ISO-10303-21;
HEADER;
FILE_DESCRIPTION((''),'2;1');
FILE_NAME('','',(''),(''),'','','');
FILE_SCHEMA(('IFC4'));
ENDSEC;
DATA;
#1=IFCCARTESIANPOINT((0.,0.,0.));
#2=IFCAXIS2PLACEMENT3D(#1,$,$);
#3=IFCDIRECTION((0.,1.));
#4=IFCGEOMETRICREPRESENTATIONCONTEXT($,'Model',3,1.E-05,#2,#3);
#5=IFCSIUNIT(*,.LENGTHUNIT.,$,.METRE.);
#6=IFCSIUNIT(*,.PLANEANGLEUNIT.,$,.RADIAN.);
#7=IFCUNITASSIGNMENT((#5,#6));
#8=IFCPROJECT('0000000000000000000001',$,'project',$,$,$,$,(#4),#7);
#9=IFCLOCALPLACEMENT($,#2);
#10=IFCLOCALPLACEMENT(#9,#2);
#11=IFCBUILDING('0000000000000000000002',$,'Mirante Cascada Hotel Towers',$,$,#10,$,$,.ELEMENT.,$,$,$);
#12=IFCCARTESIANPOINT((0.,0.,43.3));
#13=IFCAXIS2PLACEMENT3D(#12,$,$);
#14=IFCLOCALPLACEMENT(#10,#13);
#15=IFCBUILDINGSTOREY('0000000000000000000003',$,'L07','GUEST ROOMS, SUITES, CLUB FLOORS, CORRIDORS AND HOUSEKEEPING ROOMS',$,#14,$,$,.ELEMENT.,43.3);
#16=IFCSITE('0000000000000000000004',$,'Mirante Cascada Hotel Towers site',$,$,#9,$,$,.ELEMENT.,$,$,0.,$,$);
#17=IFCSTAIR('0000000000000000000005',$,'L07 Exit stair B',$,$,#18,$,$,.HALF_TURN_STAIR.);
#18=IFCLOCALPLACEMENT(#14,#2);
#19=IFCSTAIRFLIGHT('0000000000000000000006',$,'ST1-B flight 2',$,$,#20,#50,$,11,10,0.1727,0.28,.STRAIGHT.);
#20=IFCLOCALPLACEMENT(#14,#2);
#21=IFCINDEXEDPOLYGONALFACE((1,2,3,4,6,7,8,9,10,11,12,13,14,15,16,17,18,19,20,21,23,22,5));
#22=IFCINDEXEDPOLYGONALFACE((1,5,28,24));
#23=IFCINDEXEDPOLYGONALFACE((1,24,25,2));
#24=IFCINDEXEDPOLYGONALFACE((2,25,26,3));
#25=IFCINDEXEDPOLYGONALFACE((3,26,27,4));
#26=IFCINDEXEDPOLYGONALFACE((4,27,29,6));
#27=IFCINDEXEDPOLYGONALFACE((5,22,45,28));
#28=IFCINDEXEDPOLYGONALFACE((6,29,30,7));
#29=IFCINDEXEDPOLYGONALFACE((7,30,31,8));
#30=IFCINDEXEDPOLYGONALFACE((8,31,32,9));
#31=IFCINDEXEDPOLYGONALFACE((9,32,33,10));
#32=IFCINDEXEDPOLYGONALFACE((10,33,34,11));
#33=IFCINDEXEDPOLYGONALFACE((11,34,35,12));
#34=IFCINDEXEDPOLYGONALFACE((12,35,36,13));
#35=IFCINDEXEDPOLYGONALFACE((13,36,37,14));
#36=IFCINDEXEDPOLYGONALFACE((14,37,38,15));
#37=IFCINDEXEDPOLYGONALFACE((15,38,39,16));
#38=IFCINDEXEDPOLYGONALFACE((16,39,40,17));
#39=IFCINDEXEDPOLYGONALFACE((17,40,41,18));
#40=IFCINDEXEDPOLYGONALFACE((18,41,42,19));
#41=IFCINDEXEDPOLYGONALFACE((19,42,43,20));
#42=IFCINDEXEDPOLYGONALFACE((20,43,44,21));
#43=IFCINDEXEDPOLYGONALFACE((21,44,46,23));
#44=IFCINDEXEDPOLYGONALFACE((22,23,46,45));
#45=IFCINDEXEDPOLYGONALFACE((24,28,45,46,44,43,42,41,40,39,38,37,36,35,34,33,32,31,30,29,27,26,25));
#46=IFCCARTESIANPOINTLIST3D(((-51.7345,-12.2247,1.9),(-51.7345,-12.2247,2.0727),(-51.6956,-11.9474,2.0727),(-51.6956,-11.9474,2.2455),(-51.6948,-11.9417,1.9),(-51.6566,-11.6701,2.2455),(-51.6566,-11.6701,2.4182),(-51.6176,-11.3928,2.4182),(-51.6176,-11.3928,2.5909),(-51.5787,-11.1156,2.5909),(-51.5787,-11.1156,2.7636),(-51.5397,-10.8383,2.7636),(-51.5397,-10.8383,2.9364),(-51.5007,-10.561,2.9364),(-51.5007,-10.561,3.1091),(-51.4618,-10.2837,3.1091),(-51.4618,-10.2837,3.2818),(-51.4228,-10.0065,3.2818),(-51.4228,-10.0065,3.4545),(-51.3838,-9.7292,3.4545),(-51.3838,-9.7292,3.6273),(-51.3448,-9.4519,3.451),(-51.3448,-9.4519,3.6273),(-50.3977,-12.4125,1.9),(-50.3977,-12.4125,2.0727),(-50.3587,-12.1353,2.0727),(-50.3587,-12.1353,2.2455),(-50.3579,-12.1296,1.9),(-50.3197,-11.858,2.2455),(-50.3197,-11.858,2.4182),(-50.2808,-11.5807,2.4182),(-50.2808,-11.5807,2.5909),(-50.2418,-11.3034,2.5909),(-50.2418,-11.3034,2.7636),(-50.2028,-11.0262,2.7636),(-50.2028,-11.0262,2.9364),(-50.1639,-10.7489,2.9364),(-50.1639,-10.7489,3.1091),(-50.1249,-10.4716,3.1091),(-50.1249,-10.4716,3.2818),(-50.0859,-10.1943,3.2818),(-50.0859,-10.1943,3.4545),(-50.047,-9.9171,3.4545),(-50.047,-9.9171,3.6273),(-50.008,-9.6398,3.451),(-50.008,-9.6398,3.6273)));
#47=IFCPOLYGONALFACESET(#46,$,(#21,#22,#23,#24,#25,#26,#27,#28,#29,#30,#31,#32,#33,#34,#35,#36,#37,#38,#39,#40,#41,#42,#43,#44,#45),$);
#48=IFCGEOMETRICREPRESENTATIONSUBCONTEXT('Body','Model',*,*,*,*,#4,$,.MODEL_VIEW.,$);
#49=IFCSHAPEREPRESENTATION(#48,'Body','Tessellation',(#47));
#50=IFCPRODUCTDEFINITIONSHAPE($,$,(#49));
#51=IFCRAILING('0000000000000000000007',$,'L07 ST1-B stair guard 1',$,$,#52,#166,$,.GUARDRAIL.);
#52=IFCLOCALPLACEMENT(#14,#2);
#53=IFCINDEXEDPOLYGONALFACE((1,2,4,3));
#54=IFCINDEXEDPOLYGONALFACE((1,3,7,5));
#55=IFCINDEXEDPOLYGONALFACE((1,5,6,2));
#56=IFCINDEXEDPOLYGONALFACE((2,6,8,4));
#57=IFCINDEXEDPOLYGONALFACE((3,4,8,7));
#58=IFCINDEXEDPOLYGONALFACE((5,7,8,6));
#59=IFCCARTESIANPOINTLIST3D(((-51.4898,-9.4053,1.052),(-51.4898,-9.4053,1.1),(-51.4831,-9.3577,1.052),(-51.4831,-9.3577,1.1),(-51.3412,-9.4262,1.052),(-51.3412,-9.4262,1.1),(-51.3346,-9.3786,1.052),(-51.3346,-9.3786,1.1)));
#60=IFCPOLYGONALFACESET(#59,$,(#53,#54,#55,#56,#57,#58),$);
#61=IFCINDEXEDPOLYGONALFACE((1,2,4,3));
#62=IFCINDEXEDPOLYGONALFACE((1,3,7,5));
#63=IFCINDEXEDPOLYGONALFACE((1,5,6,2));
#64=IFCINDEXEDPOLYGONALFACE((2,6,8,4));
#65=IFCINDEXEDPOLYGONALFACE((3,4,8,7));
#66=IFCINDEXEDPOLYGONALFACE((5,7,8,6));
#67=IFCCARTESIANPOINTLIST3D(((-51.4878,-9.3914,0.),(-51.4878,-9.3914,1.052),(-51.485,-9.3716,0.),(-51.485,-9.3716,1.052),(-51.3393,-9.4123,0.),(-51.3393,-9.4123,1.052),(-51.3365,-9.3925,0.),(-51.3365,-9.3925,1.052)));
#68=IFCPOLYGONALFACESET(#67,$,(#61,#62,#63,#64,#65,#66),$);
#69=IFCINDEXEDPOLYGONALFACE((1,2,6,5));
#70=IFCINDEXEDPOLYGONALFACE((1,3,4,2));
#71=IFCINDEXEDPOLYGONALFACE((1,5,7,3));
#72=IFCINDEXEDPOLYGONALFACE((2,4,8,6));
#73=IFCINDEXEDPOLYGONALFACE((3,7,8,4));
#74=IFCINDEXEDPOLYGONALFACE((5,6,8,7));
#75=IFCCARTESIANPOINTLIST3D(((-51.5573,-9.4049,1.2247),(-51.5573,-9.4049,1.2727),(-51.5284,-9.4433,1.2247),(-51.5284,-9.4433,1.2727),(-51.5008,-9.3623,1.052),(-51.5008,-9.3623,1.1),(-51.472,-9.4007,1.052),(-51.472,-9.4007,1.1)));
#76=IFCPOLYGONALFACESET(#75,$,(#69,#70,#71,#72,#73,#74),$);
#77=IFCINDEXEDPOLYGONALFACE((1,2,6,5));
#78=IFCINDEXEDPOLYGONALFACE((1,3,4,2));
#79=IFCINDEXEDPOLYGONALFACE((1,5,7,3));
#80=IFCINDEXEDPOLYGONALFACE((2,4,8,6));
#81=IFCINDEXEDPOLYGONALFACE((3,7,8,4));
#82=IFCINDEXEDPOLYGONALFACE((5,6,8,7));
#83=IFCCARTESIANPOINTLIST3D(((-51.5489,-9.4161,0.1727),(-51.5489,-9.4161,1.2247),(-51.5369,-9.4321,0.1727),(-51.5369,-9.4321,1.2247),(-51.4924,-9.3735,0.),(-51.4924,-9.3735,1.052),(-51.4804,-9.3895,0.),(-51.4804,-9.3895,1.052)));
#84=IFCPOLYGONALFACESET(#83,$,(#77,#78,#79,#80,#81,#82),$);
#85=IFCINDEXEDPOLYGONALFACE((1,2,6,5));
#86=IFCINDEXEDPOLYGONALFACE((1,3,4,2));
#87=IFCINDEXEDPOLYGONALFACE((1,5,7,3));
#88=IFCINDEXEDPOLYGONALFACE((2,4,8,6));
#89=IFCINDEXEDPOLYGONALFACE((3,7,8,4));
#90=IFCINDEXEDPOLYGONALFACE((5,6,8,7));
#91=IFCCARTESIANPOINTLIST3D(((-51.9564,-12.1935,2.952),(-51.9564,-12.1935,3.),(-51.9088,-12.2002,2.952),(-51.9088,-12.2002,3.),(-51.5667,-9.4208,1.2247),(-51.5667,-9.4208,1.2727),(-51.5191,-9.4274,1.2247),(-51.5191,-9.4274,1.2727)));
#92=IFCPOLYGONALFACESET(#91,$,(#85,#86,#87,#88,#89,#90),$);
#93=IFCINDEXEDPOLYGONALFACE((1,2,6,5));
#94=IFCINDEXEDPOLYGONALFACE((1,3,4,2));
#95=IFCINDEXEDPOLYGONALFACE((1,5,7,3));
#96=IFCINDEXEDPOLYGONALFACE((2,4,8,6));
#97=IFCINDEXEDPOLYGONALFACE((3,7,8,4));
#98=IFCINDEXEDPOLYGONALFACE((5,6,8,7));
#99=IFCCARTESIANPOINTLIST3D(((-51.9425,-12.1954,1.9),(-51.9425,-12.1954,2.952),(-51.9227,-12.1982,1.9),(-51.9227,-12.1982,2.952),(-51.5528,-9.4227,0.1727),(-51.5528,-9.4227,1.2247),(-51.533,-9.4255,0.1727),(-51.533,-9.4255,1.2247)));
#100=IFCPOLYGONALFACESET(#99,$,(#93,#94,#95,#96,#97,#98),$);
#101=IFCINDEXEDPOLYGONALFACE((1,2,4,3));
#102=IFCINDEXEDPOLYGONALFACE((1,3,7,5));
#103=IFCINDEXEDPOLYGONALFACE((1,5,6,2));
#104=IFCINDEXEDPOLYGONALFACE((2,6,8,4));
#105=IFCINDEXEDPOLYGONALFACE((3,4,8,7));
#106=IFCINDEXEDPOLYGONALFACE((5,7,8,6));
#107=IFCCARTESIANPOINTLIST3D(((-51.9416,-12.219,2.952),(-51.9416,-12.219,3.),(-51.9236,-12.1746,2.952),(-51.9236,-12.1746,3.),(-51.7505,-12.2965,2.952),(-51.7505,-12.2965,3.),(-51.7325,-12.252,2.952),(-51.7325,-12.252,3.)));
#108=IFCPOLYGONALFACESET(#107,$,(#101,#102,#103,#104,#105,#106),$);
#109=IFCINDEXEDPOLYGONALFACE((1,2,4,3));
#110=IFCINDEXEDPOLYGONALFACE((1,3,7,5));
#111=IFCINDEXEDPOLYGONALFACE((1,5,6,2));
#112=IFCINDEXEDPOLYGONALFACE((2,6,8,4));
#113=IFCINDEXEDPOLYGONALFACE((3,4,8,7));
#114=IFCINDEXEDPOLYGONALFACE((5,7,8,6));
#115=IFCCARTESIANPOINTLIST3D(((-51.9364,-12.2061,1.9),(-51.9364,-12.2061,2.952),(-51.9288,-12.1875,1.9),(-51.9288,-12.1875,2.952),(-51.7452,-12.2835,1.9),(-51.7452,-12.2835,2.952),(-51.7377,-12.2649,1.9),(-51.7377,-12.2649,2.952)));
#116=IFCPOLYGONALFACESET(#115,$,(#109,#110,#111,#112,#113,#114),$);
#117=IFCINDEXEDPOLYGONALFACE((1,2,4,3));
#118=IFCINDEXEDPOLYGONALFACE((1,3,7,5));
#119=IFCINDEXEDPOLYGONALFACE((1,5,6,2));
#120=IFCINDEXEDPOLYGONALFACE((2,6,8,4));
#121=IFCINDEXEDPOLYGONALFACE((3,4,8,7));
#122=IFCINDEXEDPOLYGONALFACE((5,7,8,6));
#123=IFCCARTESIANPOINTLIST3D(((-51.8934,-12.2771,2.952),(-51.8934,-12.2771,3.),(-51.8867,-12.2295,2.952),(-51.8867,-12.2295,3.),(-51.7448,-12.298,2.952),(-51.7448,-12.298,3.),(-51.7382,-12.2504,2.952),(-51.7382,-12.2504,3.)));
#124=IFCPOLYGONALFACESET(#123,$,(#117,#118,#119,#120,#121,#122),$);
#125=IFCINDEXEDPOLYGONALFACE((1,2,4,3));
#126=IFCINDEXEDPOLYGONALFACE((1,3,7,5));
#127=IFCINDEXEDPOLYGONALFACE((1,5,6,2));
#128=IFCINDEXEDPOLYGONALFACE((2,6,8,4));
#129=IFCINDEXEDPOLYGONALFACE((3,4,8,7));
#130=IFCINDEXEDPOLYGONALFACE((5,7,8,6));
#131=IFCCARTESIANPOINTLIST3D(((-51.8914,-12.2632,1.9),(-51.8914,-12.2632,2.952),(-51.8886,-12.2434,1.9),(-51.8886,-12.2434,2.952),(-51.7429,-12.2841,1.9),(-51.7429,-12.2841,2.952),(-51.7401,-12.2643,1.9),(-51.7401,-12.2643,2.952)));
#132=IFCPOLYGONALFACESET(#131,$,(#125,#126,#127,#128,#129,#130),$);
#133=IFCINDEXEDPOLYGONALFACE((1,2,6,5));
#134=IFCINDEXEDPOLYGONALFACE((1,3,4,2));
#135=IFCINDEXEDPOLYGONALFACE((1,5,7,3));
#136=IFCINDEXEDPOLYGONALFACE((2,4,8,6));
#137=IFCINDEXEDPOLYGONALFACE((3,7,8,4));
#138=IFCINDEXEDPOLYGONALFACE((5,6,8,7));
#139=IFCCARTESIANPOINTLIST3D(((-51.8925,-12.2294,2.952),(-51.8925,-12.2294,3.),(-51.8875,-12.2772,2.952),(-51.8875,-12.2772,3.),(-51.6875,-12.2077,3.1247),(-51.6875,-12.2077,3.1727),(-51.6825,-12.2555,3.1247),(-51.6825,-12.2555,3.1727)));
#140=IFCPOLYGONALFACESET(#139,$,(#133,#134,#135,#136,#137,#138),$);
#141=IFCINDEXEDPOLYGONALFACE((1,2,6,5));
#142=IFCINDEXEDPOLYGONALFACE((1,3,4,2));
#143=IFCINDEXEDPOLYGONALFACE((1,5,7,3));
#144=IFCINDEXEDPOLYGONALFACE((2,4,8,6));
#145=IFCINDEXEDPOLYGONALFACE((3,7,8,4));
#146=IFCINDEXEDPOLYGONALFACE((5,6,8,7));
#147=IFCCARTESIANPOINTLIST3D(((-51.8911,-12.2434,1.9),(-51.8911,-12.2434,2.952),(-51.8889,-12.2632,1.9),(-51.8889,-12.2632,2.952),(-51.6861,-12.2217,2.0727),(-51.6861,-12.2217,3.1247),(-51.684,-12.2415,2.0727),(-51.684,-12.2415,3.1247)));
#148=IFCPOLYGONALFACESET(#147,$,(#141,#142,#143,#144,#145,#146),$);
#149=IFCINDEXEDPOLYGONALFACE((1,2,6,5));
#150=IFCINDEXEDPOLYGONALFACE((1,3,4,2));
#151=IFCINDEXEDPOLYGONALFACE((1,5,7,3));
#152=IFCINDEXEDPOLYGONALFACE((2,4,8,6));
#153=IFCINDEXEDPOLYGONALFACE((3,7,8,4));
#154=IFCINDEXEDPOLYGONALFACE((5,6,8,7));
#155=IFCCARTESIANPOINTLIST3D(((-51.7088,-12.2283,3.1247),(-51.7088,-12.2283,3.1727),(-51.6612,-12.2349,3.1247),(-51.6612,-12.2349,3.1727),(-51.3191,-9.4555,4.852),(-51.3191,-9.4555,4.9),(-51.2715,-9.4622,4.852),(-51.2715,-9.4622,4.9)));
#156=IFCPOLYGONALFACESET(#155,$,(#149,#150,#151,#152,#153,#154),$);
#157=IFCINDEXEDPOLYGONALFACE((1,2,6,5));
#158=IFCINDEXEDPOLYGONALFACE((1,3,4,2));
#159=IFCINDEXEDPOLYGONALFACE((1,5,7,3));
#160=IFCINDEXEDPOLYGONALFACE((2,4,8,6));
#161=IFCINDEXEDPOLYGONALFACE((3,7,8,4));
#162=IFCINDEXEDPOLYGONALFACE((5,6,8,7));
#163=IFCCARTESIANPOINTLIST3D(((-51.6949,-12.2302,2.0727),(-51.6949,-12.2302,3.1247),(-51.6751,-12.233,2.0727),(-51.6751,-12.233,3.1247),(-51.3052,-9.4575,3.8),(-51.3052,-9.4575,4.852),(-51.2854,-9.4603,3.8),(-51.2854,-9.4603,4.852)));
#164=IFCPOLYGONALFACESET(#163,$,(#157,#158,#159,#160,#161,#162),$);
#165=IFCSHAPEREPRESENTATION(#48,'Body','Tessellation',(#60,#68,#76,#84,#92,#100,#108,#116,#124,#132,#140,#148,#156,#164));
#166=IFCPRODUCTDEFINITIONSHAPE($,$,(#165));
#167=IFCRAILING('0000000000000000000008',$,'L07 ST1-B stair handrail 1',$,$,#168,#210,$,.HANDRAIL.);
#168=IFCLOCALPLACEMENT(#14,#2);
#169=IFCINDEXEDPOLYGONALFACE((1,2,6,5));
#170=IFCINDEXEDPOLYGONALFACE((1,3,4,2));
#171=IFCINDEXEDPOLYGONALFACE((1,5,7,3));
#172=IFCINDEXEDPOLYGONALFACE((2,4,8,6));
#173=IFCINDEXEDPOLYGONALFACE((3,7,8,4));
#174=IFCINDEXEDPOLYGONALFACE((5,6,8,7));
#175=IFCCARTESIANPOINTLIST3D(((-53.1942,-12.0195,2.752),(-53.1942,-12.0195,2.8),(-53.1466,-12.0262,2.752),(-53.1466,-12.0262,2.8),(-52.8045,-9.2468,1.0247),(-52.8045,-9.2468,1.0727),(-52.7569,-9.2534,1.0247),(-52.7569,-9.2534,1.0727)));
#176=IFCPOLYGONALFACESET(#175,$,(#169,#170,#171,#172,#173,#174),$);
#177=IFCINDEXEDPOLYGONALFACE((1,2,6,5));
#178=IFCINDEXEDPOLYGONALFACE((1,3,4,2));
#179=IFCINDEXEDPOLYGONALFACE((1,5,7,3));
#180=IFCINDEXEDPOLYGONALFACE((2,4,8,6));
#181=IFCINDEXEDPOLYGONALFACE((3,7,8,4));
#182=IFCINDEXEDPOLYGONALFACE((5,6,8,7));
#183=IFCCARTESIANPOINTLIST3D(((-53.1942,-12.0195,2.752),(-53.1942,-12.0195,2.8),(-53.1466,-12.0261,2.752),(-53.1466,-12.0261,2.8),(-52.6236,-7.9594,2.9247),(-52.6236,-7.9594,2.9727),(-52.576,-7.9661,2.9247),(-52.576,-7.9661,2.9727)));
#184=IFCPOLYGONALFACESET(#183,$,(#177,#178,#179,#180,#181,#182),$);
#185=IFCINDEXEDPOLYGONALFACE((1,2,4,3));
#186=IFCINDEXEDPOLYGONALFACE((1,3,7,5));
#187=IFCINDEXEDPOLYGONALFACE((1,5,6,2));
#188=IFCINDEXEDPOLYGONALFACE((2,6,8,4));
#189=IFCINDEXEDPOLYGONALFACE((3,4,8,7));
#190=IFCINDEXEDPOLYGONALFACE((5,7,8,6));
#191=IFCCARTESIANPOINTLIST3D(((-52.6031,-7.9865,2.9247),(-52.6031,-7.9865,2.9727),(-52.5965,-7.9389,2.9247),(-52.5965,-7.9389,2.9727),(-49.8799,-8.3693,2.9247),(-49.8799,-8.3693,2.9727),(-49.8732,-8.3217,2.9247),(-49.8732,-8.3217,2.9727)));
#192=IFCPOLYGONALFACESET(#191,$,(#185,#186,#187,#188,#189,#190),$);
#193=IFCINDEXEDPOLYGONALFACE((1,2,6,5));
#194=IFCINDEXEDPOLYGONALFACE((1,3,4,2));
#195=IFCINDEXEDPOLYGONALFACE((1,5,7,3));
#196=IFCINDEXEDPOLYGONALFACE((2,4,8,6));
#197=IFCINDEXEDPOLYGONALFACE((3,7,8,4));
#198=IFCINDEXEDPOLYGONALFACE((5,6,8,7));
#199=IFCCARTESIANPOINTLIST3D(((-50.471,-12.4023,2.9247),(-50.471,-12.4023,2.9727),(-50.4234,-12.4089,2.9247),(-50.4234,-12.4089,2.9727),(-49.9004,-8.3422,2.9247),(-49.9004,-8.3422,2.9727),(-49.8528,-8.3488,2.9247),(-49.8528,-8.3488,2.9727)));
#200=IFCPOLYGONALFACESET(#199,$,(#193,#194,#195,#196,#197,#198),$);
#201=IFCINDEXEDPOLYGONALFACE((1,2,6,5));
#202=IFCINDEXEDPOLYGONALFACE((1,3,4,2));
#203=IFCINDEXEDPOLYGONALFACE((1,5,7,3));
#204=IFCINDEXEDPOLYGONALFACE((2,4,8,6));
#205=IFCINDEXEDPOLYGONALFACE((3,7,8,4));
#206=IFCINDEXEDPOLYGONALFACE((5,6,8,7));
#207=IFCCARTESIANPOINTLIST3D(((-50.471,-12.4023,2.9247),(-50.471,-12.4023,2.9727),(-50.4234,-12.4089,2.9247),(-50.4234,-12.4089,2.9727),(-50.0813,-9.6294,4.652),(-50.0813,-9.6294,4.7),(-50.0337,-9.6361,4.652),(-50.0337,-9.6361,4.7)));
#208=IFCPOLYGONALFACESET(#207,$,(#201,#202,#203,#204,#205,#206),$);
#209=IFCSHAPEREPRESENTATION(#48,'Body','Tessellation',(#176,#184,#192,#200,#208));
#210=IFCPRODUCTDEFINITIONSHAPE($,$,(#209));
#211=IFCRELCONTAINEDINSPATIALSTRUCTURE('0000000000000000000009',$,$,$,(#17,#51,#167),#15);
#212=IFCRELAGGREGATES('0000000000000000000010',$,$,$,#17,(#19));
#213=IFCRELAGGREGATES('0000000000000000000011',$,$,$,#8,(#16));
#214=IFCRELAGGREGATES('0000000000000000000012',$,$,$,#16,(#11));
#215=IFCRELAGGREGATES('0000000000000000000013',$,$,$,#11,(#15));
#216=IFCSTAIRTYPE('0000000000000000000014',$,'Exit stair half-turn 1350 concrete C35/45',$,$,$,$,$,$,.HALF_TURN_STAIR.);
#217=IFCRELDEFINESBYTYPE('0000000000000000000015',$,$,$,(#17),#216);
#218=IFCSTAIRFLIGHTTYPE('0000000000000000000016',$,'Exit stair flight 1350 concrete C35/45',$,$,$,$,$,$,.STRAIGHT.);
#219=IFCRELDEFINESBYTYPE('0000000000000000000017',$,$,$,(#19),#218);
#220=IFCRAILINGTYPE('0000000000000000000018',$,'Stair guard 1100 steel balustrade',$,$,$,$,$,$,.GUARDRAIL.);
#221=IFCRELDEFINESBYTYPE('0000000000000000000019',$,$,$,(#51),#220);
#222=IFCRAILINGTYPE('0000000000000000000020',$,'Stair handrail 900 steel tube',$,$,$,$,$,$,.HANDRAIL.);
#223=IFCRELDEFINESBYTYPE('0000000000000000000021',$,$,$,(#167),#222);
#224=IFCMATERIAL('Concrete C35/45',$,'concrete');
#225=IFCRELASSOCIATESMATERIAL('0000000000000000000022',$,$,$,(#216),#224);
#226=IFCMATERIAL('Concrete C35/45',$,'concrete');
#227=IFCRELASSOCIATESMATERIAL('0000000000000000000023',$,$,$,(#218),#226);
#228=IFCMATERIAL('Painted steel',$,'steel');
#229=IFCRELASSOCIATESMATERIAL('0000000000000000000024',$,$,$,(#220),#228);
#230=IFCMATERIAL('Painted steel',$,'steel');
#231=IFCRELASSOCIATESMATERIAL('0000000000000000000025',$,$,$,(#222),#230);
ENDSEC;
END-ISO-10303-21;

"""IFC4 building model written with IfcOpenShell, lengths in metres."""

from ifc_helpers import new_model, si_unit, direction, frame, origin, origin_2d, place, context, subcontext, project, spatial, polyline, rectangle, outline, extrude, material, type_object, element, aggregate, save


model = new_model("IFC4")

# Units and contexts
model_context = context("Model", 3, precision=1e-05, world=origin(), true_north=direction((0.0, 1.0)))
body_context = subcontext(model_context, "Body", "Model", "MODEL_VIEW")
ifc_project = project(units=[si_unit("LENGTHUNIT", "METRE"), si_unit("PLANEANGLEUNIT", "RADIAN")], contexts=[model_context])

# Site, building, storey
site_placement = place(None, origin())
site = spatial("IfcSite", under=ifc_project, at=site_placement, Name="Mirante Cascada Hotel Towers site", CompositionType="ELEMENT", RefElevation=0.0)
building_placement = place(site_placement, origin())
building = spatial("IfcBuilding", under=site, at=building_placement, Name="Mirante Cascada Hotel Towers", CompositionType="ELEMENT")
storey_placement = place(building_placement, frame((0.0, 0.0, 43.3)))
storey = spatial("IfcBuildingStorey", under=building, at=storey_placement, Name="L07", Description="GUEST ROOMS, SUITES, CLUB FLOORS, CORRIDORS AND HOUSEKEEPING ROOMS", CompositionType="ELEMENT", Elevation=43.3)

# Stair, stair flight
ifc_material_1 = material(Name="Concrete C35/45", Category="concrete")
stair_type = type_object("IfcStairType", Name="Exit stair half-turn 1350 concrete C35/45", PredefinedType="HALF_TURN_STAIR", material=ifc_material_1)
stair_placement = place(storey_placement, origin())
stair = element("IfcStair", 1, at=stair_placement, inside=storey, type_object=stair_type, Name="L07 Exit stair B", PredefinedType="HALF_TURN_STAIR")
ifc_material_2 = material(Name="Concrete C35/45", Category="concrete")
stair_flight_type = type_object("IfcStairFlightType", Name="Exit stair flight 1350 concrete C35/45", PredefinedType="STRAIGHT", material=ifc_material_2)
stair_flight_1_placement = place(storey_placement, frame((-51.0661, -12.3186, 1.9), z_axis=(0.0, 0.0, 1.0), x_axis=(0.139173, 0.990268, 0.0)))
stair_flight_1 = element("IfcStairFlight", 2, at=stair_flight_1_placement, type_object=stair_flight_type, Name="ST1-B flight 2", NumberOfRisers=11, NumberOfTreads=10, PredefinedType="STRAIGHT", RiserHeight=0.1727, TreadLength=0.28, context=body_context, shape_type="SweptSolid", body=[
    extrude(outline(polyline([(0.0, 0.0), (0.0, 0.1727), (0.28, 0.1727), (0.28, 0.3455), (0.56, 0.3455), (0.56, 0.5182), (0.84, 0.5182), (0.84, 0.6909), (1.12, 0.6909), (1.12, 0.8636), (1.4, 0.8636), (1.4, 1.0364), (1.68, 1.0364), (1.68, 1.2091), (1.96, 1.2091), (1.96, 1.3818), (2.24, 1.3818), (2.24, 1.5545), (2.52, 1.5545), (2.52, 1.7273), (2.8, 1.7273), (2.8, 1.9), (2.8, 1.551), (0.2857, 0.0), (0.0, 0.0)])), frame((0.0, 0.675, 0.0), z_axis=(0.0, -1.0, 0.0), x_axis=(1.0, 0.0, 0.0)), (0.0, 0.0, 1.0), 1.35),
])
aggregate(stair, [stair_flight_1])

# Railings
ifc_material_3 = material(Name="Painted steel", Category="steel")
railing_type_1 = type_object("IfcRailingType", Name="Stair guard 1100 steel balustrade", PredefinedType="GUARDRAIL", material=ifc_material_3)
railing_1_placement = place(storey_placement, frame((-51.3379, -9.4024, 0.0)))
element("IfcRailing", 3, at=railing_1_placement, inside=storey, type_object=railing_type_1, Name="L07 ST1-B stair guard 1", PredefinedType="GUARDRAIL", context=body_context, shape_type="SweptSolid", body=[
    extrude(rectangle(XDim=0.048, YDim=0.048, at=origin_2d()), frame((0.0, 0.0, 1.076), z_axis=(-0.990241, 0.139367, 0.0), x_axis=(-0.139367, -0.990241, 0.0)), (0.0, 0.0, 1.0), 0.15),
    extrude(rectangle(XDim=0.02, YDim=1.052, at=origin_2d()), frame((0.0, 0.0, 0.526), z_axis=(-0.990241, 0.139367, 0.0), x_axis=(-0.139367, -0.990241, 0.0)), (0.0, 0.0, 1.0), 0.15),
    extrude(rectangle(XDim=0.048, YDim=0.048, at=origin_2d()), frame((-0.1485, 0.0209, 1.076), z_axis=(-0.798471, -0.602033, 0.0), x_axis=(0.602033, -0.798471, 0.0)), (0.0, 0.92534, 0.379139), 0.1866),
    extrude(rectangle(XDim=0.02, YDim=1.052, at=origin_2d()), frame((-0.1485, 0.0209, 0.526), z_axis=(-0.798471, -0.602033, 0.0), x_axis=(0.602033, -0.798471, 0.0)), (0.0, 0.92534, 0.379139), 0.1866),
    extrude(rectangle(XDim=0.048, YDim=0.048, at=origin_2d()), frame((-0.205, -0.0217, 1.2487), z_axis=(-0.139181, -0.990267, 0.0), x_axis=(0.990267, -0.139181, 0.0)), (0.0, 0.525035, 0.851081), 3.2899),
    extrude(rectangle(XDim=0.02, YDim=1.052, at=origin_2d()), frame((-0.205, -0.0217, 0.6987), z_axis=(-0.139181, -0.990267, 0.0), x_axis=(0.990267, -0.139181, 0.0)), (0.0, 0.525035, 0.851081), 3.2899),
    extrude(rectangle(XDim=0.048, YDim=0.048, at=origin_2d()), frame((-0.5947, -2.7944, 2.976), z_axis=(0.926862, -0.375401, 0.0), x_axis=(0.375401, 0.926862, 0.0)), (0.0, 0.0, 1.0), 0.2062),
    extrude(rectangle(XDim=0.02, YDim=1.052, at=origin_2d()), frame((-0.5947, -2.7944, 2.426), z_axis=(0.926862, -0.375401, 0.0), x_axis=(0.375401, 0.926862, 0.0)), (0.0, 0.0, 1.0), 0.2062),
    extrude(rectangle(XDim=0.048, YDim=0.048, at=origin_2d()), frame((-0.4036, -2.8718, 2.976), z_axis=(-0.990241, 0.139367, 0.0), x_axis=(-0.139367, -0.990241, 0.0)), (0.0, 0.0, 1.0), 0.15),
    extrude(rectangle(XDim=0.02, YDim=1.052, at=origin_2d()), frame((-0.4036, -2.8718, 2.426), z_axis=(-0.990241, 0.139367, 0.0), x_axis=(-0.139367, -0.990241, 0.0)), (0.0, 0.0, 1.0), 0.15),
    extrude(rectangle(XDim=0.048, YDim=0.048, at=origin_2d()), frame((-0.5521, -2.8509, 2.976), z_axis=(0.994444, 0.105266, 0.0), x_axis=(-0.105266, 0.994444, 0.0)), (0.0, 0.642184, 0.76655), 0.2689),
    extrude(rectangle(XDim=0.02, YDim=1.052, at=origin_2d()), frame((-0.5521, -2.8509, 2.426), z_axis=(0.994444, 0.105266, 0.0), x_axis=(-0.105266, 0.994444, 0.0)), (0.0, 0.642184, 0.76655), 0.2689),
    extrude(rectangle(XDim=0.048, YDim=0.048, at=origin_2d()), frame((-0.3471, -2.8292, 3.1487), z_axis=(0.139181, 0.990267, 0.0), x_axis=(-0.990267, 0.139181, 0.0)), (0.0, 0.525035, 0.851081), 3.2899),
    extrude(rectangle(XDim=0.02, YDim=1.052, at=origin_2d()), frame((-0.3471, -2.8292, 2.5987), z_axis=(0.139181, 0.990267, 0.0), x_axis=(-0.990267, 0.139181, 0.0)), (0.0, 0.525035, 0.851081), 3.2899),
])
ifc_material_4 = material(Name="Painted steel", Category="steel")
railing_type_2 = type_object("IfcRailingType", Name="Stair handrail 900 steel tube", PredefinedType="HANDRAIL", material=ifc_material_4)
railing_2_placement = place(storey_placement, frame((-52.7807, -9.2501, 0.1727)))
element("IfcRailing", 4, at=railing_2_placement, inside=storey, type_object=railing_type_2, Name="L07 ST1-B stair handrail 1", PredefinedType="HANDRAIL", context=body_context, shape_type="SweptSolid", body=[
    extrude(rectangle(XDim=0.048, YDim=0.048, at=origin_2d()), frame((0.0, 0.0, 0.876), z_axis=(-0.139181, -0.990267, 0.0), x_axis=(0.990267, -0.139181, 0.0)), (0.0, 0.525035, 0.851081), 3.2899),
    extrude(rectangle(XDim=0.048, YDim=0.048, at=origin_2d()), frame((-0.3897, -2.7727, 2.6033), z_axis=(0.139171, 0.990268, 0.0), x_axis=(-0.990268, 0.139171, 0.0)), (0.0, 0.042085, 0.999114), 4.1036),
    extrude(rectangle(XDim=0.048, YDim=0.048, at=origin_2d()), frame((0.1809, 1.2874, 2.776), z_axis=(0.990264, -0.139201, 0.0), x_axis=(0.139201, 0.990264, 0.0)), (0.0, 0.0, 1.0), 2.75),
    extrude(rectangle(XDim=0.048, YDim=0.048, at=origin_2d()), frame((2.9041, 0.9046, 2.776), z_axis=(-0.139171, -0.990268, 0.0), x_axis=(0.990268, -0.139171, 0.0)), (0.0, 0.0, 1.0), 4.1),
    extrude(rectangle(XDim=0.048, YDim=0.048, at=origin_2d()), frame((2.3335, -3.1555, 2.776), z_axis=(0.139176, 0.990268, 0.0), x_axis=(-0.990268, 0.139176, 0.0)), (0.0, 0.525021, 0.851089), 3.29),
])

save(model, "model.ifc")
